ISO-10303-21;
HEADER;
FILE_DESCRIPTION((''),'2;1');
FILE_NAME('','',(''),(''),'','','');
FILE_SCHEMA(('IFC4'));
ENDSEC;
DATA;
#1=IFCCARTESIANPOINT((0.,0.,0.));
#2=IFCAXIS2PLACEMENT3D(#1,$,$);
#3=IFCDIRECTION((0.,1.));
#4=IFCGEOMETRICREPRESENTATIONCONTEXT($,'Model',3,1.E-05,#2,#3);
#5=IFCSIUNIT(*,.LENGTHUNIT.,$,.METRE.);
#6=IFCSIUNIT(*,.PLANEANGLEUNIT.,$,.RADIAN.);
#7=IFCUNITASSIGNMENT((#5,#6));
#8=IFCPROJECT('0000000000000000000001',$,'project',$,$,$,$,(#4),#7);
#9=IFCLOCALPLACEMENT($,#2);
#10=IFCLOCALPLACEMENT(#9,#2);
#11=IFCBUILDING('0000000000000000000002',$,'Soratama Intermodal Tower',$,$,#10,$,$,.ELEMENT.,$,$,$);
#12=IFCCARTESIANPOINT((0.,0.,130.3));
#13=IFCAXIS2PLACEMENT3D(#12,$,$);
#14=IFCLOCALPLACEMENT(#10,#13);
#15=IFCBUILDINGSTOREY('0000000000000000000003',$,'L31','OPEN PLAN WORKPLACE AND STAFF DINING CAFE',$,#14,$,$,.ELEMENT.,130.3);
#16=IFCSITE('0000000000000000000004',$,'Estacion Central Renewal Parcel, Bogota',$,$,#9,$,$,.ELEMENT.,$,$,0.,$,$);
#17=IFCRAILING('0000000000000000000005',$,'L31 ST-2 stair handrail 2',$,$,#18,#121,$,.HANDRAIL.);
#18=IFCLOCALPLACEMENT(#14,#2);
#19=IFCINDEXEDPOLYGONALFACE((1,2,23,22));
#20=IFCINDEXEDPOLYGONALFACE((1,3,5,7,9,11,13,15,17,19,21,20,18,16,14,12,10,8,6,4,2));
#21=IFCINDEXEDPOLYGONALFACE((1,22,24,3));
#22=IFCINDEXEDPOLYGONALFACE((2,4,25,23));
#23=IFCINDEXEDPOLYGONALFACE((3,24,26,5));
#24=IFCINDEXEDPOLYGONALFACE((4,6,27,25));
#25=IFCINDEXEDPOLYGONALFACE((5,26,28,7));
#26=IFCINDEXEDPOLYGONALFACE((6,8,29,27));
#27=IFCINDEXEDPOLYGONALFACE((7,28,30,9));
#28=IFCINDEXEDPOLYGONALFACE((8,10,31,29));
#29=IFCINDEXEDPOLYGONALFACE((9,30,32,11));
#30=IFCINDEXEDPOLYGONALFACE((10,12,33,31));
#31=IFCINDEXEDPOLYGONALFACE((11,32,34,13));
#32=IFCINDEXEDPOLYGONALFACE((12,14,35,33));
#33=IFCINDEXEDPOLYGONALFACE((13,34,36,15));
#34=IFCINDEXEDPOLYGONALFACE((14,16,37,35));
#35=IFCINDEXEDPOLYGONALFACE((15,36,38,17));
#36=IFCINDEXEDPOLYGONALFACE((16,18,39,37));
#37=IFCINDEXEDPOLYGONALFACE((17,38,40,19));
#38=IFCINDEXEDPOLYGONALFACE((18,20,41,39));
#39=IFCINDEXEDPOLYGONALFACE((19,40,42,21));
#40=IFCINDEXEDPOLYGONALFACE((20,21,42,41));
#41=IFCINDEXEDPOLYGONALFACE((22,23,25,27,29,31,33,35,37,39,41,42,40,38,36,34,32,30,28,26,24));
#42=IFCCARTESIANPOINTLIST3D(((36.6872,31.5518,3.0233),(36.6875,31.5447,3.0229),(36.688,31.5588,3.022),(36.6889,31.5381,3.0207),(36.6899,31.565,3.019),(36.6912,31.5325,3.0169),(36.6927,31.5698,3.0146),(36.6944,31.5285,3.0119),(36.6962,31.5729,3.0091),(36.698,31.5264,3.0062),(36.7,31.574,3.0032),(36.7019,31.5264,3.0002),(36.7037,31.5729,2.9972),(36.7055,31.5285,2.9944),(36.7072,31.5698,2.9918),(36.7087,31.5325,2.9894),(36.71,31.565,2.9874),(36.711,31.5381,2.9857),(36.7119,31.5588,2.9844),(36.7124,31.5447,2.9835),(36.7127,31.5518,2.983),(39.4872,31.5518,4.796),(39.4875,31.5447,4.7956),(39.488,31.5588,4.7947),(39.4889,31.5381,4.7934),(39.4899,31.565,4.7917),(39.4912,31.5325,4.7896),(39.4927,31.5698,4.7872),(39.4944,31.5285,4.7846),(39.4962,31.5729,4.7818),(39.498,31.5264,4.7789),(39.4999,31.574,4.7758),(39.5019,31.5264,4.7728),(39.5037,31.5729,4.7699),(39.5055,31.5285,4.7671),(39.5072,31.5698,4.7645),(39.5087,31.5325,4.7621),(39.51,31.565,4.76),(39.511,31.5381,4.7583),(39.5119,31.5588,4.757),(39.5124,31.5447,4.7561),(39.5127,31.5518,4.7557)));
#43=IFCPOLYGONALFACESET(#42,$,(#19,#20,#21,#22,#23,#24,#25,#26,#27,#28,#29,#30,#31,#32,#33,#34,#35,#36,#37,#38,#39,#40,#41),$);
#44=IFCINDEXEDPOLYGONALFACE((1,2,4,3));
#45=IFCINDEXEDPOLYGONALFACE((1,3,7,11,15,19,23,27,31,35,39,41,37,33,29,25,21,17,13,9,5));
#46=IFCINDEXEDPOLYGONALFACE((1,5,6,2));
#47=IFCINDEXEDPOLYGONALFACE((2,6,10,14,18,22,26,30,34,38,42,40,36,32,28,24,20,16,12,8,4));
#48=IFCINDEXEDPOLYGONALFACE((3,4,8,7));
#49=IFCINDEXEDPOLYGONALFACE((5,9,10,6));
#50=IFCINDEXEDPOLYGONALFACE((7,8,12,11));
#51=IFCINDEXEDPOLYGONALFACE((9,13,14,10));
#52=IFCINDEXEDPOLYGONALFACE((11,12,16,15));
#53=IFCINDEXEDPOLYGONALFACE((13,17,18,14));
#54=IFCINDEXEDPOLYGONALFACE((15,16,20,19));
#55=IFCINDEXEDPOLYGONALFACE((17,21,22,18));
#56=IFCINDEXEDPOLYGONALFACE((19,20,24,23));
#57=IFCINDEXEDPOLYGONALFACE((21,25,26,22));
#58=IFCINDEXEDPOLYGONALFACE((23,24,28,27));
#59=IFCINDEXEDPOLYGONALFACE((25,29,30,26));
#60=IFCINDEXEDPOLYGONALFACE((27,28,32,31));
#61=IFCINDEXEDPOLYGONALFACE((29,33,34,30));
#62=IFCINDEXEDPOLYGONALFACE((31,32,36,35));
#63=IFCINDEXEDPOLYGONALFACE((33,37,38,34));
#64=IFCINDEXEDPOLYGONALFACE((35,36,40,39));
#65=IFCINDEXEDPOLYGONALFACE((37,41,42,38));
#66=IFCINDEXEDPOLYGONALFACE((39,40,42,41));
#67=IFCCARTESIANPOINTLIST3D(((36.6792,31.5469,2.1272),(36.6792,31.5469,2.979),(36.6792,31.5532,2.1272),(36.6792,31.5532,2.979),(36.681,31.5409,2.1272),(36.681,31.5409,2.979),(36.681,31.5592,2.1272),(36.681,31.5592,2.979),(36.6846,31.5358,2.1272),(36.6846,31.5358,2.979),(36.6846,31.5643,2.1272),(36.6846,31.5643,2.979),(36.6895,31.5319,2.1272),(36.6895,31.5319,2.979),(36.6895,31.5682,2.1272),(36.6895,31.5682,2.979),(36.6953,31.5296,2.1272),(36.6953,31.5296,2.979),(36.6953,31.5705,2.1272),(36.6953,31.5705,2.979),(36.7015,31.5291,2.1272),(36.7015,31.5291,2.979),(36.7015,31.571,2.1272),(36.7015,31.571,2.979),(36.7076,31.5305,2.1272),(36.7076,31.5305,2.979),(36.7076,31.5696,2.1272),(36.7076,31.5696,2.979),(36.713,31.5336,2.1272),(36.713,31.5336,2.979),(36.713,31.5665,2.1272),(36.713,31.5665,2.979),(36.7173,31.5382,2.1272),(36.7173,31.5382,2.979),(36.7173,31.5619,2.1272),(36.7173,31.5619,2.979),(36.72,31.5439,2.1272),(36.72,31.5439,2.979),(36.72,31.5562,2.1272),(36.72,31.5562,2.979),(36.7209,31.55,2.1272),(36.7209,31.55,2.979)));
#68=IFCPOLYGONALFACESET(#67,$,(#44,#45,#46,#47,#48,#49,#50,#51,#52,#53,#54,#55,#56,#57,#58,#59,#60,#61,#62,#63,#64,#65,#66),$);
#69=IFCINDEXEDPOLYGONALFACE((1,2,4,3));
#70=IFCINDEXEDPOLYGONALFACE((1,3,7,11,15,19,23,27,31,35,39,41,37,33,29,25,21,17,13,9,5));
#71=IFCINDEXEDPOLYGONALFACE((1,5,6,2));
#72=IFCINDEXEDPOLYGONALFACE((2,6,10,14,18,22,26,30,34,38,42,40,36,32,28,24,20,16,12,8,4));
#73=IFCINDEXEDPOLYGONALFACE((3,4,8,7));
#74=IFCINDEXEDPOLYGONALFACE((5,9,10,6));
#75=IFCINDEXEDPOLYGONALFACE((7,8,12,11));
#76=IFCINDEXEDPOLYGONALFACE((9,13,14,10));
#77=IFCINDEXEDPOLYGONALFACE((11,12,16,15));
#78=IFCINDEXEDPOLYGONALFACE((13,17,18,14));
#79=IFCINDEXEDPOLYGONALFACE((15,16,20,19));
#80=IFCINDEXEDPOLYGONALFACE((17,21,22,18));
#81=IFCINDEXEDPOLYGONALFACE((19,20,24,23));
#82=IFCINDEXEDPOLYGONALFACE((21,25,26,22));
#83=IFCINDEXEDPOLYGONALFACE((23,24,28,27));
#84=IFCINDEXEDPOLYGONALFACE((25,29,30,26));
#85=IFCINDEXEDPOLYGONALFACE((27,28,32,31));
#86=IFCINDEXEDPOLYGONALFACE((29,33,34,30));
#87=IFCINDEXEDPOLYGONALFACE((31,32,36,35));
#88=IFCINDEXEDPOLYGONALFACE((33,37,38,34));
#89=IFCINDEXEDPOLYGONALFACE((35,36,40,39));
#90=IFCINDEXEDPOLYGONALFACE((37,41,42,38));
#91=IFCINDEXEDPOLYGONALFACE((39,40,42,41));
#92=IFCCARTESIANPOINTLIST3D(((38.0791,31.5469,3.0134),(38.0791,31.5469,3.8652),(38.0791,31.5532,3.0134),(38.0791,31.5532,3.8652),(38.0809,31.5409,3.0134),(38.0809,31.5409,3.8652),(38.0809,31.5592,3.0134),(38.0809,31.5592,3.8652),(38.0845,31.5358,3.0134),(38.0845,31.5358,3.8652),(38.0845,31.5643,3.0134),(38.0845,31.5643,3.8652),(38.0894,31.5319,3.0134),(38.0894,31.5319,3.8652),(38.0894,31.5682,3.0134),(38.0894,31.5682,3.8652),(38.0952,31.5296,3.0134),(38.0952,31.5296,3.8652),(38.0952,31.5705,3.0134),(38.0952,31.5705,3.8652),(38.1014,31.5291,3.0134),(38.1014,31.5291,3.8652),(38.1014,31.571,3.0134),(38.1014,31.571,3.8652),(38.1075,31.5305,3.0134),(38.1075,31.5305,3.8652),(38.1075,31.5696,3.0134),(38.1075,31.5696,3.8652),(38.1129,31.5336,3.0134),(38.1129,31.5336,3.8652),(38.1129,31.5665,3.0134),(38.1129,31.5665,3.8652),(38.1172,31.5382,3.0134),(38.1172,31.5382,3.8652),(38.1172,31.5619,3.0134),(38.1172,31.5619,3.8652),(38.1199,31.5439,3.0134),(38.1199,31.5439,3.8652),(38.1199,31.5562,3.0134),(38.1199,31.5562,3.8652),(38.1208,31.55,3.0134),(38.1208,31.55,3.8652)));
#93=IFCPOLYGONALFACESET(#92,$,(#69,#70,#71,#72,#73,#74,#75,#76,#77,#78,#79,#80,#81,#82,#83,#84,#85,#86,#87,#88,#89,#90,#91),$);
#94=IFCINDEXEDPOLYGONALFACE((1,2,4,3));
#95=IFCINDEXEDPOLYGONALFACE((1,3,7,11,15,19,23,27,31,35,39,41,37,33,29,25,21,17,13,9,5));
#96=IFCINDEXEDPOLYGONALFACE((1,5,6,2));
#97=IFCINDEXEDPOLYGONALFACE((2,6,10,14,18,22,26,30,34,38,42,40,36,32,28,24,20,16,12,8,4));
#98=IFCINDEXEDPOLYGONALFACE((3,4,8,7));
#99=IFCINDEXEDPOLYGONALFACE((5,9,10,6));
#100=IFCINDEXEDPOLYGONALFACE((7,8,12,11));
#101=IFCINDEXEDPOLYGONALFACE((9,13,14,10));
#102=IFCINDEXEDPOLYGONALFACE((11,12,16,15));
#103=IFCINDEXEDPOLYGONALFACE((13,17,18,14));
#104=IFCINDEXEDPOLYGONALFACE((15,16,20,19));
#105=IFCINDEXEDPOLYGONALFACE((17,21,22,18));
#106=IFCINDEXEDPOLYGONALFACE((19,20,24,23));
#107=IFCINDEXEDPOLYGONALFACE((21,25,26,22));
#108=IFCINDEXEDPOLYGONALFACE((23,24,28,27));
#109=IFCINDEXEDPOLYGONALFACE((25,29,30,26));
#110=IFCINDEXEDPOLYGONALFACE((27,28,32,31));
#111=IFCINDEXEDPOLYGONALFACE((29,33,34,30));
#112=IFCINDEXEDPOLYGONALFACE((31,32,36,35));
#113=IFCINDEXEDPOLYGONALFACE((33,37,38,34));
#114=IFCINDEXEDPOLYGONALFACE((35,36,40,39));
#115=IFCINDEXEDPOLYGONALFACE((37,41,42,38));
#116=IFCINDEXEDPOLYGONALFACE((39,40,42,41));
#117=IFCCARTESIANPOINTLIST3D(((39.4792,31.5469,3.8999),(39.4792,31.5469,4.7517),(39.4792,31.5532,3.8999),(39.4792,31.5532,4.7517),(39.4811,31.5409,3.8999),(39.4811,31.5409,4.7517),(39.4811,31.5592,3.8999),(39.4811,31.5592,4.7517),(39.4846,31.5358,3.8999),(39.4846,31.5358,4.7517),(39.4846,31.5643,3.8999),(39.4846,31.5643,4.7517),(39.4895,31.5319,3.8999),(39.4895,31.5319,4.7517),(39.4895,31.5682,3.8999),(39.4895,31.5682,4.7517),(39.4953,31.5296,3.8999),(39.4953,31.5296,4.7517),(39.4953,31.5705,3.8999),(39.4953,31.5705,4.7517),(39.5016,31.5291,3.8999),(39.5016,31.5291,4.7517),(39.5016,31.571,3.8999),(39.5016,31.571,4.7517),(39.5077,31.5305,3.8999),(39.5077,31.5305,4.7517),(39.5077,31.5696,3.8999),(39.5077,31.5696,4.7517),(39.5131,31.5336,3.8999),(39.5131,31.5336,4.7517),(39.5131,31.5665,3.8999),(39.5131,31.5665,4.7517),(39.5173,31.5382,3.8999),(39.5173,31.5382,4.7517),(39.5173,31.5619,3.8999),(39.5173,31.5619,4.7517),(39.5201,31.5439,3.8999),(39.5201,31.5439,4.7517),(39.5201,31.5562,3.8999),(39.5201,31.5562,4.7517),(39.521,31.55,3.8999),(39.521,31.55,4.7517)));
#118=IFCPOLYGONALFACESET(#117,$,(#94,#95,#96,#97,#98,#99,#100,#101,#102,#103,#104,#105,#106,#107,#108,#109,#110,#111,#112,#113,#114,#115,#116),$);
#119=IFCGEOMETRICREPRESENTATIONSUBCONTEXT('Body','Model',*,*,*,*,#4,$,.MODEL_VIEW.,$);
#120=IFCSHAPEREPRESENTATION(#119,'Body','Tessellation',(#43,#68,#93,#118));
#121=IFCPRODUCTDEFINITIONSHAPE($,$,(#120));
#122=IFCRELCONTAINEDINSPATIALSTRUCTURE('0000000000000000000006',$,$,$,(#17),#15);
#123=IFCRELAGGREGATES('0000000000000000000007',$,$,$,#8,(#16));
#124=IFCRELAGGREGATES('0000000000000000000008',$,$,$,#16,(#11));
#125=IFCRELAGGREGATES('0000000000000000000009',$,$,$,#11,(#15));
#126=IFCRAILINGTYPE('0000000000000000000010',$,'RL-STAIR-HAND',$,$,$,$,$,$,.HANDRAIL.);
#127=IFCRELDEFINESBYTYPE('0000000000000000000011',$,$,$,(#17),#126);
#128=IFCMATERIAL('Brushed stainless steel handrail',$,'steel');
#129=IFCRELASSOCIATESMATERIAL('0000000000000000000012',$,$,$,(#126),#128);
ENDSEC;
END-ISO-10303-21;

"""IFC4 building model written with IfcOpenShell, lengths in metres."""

from ifc_helpers import new_model, si_unit, direction, frame, origin, origin_2d, place, context, subcontext, project, spatial, circle, extrude, material, type_object, element, save


model = new_model("IFC4")

# Units and contexts
model_context = context("Model", 3, precision=1e-05, world=origin(), true_north=direction((0.0, 1.0)))
body_context = subcontext(model_context, "Body", "Model", "MODEL_VIEW")
ifc_project = project(units=[si_unit("LENGTHUNIT", "METRE"), si_unit("PLANEANGLEUNIT", "RADIAN")], contexts=[model_context])

# Site, building, storey
site_placement = place(None, origin())
site = spatial("IfcSite", under=ifc_project, at=site_placement, Name="Estacion Central Renewal Parcel, Bogota", CompositionType="ELEMENT", RefElevation=0.0)
building_placement = place(site_placement, origin())
building = spatial("IfcBuilding", under=site, at=building_placement, Name="Soratama Intermodal Tower", CompositionType="ELEMENT")
storey_placement = place(building_placement, frame((0.0, 0.0, 130.3)))
storey = spatial("IfcBuildingStorey", under=building, at=storey_placement, Name="L31", Description="OPEN PLAN WORKPLACE AND STAFF DINING CAFE", CompositionType="ELEMENT", Elevation=130.3)

# Railing
ifc_material_1 = material(Name="Brushed stainless steel handrail", Category="steel")
railing_type_1 = type_object("IfcRailingType", Name="RL-STAIR-HAND", PredefinedType="HANDRAIL", material=ifc_material_1)
railing_1_placement = place(storey_placement, frame((36.7, 31.55, 2.1272)))
element("IfcRailing", 1, at=railing_1_placement, inside=storey, type_object=railing_type_1, Name="L31 ST-2 stair handrail 2", PredefinedType="HANDRAIL", context=body_context, shape_type="SweptSolid", body=[
    extrude(circle(Radius=0.0239, at=origin_2d()), frame((0.0, 0.0, 0.876), z_axis=(0.844909, 0.0, 0.53491), x_axis=(0.0, 1.0, 0.0)), (0.0, 0.0, 1.0), 3.314),
    extrude(circle(Radius=0.021, at=origin_2d()), origin(), (0.0, 0.0, 1.0), 0.8518),
    extrude(circle(Radius=0.021, at=origin_2d()), frame((1.3999, 0.0, 0.8862)), (0.0, 0.0, 1.0), 0.8518),
    extrude(circle(Radius=0.021, at=origin_2d()), frame((2.8, 0.0, 1.7727)), (0.0, 0.0, 1.0), 0.8518),
])

save(model, "model.ifc")
